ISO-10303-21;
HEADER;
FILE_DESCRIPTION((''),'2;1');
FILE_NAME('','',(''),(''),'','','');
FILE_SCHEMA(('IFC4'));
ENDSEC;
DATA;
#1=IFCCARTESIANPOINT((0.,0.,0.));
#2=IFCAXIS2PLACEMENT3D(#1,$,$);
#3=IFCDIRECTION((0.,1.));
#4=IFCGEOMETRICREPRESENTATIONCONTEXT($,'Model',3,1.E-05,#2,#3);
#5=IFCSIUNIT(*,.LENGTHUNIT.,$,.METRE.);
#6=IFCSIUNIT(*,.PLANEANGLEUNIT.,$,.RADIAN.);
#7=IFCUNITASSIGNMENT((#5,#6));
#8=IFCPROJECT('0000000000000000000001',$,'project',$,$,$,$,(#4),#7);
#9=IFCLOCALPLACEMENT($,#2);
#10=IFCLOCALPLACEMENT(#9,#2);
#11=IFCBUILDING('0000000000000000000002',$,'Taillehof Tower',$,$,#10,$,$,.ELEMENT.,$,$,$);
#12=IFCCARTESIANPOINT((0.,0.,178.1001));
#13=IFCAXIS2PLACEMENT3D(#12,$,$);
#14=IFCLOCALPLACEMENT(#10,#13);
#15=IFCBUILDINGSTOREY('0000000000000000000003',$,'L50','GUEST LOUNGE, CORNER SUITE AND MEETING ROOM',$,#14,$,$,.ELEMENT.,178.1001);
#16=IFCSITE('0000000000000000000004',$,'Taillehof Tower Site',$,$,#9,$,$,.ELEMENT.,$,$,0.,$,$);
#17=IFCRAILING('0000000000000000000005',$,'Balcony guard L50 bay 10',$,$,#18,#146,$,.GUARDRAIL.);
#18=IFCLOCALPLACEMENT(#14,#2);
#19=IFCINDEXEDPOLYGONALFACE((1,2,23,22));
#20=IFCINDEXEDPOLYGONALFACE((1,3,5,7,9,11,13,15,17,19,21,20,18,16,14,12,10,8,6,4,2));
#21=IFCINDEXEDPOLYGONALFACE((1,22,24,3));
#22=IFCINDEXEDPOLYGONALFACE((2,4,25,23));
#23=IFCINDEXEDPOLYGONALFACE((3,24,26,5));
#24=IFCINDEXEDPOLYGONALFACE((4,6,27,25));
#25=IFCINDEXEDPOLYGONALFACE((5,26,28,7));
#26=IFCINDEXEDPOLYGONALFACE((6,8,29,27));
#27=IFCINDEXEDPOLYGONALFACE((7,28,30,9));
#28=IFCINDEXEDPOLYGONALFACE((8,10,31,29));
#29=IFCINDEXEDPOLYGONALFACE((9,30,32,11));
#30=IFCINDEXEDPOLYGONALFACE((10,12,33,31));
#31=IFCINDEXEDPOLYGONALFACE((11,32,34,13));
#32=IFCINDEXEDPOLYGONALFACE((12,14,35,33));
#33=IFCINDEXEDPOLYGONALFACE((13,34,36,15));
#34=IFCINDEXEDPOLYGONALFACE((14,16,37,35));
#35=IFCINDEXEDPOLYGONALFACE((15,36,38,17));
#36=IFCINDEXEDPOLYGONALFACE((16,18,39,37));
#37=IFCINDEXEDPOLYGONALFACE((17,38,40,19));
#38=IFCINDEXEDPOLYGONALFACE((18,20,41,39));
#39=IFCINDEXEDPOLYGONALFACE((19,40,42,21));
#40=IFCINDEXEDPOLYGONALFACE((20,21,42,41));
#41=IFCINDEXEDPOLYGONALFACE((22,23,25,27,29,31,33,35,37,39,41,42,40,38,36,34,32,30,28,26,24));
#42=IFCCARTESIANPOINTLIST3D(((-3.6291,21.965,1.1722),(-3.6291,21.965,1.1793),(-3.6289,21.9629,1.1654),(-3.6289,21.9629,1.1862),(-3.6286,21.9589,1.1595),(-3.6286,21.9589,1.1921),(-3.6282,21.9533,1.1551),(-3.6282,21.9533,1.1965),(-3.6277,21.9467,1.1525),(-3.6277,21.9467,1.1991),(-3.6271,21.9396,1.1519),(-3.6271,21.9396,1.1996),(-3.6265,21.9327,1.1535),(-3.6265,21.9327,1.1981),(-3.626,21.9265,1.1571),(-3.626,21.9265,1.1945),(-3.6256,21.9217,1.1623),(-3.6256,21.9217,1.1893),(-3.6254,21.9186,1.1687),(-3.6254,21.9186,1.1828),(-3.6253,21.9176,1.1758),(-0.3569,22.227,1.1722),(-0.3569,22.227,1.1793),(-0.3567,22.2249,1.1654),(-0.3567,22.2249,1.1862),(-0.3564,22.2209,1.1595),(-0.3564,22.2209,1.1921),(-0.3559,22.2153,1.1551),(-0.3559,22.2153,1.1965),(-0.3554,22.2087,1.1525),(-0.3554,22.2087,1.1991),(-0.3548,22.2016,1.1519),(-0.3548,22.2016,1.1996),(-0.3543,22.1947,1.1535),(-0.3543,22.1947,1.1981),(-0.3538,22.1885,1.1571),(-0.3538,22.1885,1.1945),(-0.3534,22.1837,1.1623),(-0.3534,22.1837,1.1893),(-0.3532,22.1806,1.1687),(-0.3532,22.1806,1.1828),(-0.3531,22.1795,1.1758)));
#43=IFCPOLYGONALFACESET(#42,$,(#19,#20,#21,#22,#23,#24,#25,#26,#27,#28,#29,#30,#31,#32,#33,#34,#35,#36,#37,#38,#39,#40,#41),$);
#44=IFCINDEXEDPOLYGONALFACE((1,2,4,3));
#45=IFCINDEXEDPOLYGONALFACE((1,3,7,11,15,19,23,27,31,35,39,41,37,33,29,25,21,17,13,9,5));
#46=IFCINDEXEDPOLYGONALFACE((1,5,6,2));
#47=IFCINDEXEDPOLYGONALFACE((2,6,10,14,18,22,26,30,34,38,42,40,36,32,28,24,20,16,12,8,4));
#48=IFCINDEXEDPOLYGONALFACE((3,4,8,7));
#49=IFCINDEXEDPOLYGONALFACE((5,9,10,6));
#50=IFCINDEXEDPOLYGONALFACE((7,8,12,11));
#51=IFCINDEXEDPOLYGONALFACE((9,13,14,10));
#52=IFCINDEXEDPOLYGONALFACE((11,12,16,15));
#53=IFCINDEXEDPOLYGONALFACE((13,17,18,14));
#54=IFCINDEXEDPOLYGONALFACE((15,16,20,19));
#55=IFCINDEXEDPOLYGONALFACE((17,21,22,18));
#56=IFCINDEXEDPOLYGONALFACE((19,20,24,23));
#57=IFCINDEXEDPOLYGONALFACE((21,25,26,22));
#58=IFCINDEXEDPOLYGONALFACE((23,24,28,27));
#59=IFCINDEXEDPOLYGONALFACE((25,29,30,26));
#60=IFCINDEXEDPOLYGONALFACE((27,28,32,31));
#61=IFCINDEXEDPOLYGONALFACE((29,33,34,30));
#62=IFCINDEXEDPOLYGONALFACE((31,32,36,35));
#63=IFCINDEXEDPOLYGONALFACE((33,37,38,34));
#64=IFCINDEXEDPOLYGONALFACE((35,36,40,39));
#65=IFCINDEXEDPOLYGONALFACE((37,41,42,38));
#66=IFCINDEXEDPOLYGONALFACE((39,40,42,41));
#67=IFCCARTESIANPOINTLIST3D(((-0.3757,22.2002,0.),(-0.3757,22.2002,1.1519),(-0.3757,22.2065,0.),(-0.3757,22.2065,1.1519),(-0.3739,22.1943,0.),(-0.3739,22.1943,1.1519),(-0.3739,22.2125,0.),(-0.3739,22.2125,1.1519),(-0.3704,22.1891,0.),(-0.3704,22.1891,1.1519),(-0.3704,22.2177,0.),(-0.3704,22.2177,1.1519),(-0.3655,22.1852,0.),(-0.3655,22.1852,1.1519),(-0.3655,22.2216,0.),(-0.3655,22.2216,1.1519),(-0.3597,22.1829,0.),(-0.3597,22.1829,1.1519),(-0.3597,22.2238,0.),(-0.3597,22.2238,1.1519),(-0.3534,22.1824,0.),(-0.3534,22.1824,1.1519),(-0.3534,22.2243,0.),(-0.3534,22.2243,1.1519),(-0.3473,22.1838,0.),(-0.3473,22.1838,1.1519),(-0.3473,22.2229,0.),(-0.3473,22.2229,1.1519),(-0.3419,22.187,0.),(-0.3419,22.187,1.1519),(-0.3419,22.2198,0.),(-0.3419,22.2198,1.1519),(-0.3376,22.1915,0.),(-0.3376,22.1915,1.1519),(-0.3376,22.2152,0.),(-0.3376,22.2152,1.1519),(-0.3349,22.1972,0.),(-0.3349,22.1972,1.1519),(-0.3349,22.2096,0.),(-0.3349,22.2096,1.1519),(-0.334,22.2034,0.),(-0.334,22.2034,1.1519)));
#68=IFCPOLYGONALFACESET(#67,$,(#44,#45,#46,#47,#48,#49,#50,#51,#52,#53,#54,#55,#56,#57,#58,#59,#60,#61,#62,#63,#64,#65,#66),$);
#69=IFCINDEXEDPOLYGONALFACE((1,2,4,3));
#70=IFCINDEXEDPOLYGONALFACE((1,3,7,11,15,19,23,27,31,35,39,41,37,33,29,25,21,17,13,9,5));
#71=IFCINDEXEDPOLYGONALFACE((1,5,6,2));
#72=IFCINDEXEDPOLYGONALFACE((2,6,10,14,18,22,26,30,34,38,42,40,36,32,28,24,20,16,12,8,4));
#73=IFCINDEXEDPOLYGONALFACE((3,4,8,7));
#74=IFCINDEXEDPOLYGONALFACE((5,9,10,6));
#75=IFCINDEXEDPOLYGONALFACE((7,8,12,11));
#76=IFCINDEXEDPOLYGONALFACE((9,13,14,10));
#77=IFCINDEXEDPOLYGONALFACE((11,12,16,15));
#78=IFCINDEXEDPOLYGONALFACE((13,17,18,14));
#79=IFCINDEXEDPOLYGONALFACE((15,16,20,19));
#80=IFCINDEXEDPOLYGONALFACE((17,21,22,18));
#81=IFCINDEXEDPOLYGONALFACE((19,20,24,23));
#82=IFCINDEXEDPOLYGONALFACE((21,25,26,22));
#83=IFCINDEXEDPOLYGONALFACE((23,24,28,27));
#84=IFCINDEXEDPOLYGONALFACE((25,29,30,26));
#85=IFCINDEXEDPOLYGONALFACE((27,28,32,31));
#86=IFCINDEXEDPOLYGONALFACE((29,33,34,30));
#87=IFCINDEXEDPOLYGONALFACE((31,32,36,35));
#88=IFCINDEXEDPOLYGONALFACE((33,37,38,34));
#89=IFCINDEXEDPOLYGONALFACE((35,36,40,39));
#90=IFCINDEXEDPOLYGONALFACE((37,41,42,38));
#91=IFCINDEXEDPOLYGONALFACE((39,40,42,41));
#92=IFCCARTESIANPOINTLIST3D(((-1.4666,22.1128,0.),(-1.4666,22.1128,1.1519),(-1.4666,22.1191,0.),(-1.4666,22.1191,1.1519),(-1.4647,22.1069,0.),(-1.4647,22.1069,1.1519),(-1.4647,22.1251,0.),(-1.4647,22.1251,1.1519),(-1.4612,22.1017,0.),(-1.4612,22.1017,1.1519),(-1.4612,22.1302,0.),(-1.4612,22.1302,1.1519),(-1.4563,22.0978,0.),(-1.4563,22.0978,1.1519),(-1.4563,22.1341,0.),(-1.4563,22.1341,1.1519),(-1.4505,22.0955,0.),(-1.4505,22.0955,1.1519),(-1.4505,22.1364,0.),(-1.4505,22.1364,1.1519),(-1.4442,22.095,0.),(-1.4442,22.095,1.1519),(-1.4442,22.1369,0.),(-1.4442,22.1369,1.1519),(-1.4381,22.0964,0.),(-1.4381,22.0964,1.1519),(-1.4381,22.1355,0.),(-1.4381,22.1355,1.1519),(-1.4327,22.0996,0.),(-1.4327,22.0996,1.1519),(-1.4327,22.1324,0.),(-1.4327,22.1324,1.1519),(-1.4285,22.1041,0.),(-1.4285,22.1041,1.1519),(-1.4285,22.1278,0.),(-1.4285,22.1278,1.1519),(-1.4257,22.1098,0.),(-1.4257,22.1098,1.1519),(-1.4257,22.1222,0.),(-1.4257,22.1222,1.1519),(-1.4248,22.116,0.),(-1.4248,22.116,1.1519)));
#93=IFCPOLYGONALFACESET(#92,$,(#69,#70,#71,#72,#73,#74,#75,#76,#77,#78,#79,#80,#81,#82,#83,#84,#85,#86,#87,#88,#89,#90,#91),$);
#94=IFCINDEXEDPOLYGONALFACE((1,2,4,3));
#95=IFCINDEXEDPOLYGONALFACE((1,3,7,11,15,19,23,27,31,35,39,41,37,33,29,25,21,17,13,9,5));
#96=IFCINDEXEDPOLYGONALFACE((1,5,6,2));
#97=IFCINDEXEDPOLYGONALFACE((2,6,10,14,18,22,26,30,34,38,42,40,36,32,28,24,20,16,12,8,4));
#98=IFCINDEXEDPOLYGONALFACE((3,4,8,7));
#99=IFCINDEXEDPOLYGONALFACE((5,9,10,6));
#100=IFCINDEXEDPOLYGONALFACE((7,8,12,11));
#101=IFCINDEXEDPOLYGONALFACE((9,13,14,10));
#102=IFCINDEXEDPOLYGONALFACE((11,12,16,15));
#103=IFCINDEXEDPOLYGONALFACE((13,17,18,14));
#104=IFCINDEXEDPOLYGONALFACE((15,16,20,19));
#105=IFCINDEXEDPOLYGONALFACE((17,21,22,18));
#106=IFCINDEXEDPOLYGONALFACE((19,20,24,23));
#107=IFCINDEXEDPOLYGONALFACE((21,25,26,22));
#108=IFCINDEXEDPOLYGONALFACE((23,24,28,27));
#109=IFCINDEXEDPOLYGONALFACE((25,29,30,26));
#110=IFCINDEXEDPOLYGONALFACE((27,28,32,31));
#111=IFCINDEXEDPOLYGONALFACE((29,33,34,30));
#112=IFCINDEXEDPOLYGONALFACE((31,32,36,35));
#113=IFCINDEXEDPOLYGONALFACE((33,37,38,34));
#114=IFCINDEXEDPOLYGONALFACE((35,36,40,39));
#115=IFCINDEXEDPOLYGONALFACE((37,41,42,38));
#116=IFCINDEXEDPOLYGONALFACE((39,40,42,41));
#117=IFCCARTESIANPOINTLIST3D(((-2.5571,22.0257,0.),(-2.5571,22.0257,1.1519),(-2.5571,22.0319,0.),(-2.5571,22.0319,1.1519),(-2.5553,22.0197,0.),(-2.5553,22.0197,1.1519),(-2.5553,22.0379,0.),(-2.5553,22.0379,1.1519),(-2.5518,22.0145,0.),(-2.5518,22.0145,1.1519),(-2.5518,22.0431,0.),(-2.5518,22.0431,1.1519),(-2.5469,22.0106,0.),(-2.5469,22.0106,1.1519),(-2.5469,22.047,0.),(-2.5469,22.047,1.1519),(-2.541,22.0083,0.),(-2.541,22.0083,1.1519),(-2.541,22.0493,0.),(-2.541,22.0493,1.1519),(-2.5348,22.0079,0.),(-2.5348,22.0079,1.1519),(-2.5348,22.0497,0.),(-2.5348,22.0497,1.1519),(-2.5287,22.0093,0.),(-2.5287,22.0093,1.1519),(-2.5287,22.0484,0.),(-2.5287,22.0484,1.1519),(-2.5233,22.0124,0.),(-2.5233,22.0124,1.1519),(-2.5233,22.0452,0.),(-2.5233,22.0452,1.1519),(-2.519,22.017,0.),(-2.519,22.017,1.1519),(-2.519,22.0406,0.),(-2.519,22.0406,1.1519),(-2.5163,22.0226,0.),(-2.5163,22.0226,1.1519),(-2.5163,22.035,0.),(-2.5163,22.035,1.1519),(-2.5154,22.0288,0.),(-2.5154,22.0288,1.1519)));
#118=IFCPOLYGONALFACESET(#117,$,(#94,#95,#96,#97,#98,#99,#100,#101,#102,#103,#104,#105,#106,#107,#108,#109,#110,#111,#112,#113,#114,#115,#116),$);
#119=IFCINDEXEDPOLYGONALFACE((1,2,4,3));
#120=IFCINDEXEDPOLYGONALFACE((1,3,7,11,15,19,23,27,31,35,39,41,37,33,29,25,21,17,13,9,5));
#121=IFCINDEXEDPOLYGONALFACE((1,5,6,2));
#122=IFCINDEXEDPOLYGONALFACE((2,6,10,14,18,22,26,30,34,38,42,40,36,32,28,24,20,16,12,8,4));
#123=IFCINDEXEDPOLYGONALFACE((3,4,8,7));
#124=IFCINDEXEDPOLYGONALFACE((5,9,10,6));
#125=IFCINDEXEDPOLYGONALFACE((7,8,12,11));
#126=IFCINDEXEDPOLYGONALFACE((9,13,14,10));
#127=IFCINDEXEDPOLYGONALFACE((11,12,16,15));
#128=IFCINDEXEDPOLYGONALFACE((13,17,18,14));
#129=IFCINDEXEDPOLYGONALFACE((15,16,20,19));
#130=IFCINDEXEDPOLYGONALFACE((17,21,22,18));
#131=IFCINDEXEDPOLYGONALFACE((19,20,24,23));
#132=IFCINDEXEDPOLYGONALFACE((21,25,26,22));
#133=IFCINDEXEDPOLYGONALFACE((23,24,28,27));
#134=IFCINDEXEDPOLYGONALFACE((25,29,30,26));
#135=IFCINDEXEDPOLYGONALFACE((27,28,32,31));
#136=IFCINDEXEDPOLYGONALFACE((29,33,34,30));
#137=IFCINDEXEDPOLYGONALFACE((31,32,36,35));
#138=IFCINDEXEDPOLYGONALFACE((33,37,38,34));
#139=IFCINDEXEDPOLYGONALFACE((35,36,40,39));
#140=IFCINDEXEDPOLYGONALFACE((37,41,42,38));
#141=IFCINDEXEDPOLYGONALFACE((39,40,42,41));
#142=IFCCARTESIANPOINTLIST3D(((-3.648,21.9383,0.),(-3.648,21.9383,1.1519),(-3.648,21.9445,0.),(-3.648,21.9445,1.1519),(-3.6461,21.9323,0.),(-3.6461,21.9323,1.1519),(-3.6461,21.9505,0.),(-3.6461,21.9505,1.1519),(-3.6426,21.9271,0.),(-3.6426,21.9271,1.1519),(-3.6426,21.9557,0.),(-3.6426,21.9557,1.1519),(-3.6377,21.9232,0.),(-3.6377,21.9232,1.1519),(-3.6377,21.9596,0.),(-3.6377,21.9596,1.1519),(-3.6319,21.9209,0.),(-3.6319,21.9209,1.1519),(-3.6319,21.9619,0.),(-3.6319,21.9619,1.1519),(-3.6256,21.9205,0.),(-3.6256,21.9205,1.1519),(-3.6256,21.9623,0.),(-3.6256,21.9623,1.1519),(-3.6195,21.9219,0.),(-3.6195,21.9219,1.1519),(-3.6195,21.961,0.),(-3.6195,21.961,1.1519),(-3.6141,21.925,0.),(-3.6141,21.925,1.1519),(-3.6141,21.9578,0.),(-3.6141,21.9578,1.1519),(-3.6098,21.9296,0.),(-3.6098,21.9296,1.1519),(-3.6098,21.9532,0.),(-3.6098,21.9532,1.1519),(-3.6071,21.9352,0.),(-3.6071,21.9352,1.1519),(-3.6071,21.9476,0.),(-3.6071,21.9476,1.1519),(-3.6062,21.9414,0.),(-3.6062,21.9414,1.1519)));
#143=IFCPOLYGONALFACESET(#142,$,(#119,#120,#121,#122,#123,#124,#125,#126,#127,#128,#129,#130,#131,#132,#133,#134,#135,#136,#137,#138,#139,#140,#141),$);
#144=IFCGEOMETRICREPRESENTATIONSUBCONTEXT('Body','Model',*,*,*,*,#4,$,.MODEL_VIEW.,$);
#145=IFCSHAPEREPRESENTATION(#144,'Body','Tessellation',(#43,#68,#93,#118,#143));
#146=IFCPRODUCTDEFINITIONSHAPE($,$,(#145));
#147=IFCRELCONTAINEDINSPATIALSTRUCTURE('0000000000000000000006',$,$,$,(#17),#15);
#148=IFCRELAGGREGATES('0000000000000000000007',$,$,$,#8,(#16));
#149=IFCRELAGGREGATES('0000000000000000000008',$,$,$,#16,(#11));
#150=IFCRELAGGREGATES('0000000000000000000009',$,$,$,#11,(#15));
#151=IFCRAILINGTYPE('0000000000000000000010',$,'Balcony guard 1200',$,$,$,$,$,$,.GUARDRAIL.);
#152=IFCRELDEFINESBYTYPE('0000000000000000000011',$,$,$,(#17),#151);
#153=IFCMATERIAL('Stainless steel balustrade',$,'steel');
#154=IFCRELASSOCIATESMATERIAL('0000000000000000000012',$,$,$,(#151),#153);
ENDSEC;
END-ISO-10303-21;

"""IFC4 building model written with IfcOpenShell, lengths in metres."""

from ifc_helpers import new_model, si_unit, direction, frame, origin, origin_2d, place, context, subcontext, project, spatial, circle, extrude, material, type_object, element, save


model = new_model("IFC4")

# Units and contexts
model_context = context("Model", 3, precision=1e-05, world=origin(), true_north=direction((0.0, 1.0)))
body_context = subcontext(model_context, "Body", "Model", "MODEL_VIEW")
ifc_project = project(units=[si_unit("LENGTHUNIT", "METRE"), si_unit("PLANEANGLEUNIT", "RADIAN")], contexts=[model_context])

# Site, building, storey
site_placement = place(None, origin())
site = spatial("IfcSite", under=ifc_project, at=site_placement, Name="Taillehof Tower Site", CompositionType="ELEMENT", RefElevation=0.0)
building_placement = place(site_placement, origin())
building = spatial("IfcBuilding", under=site, at=building_placement, Name="Taillehof Tower", CompositionType="ELEMENT")
storey_placement = place(building_placement, frame((0.0, 0.0, 178.1001)))
storey = spatial("IfcBuildingStorey", under=building, at=storey_placement, Name="L50", Description="GUEST LOUNGE, CORNER SUITE AND MEETING ROOM", CompositionType="ELEMENT", Elevation=178.1001)

# Railing
ifc_material_1 = material(Name="Stainless steel balustrade", Category="steel")
railing_type = type_object("IfcRailingType", Name="Balcony guard 1200", PredefinedType="GUARDRAIL", material=ifc_material_1)
railing_1_placement = place(storey_placement, frame((-0.355, 22.2034, 0.0)))
element("IfcRailing", 1, at=railing_1_placement, inside=storey, type_object=railing_type, Name="Balcony guard L50 bay 10", PredefinedType="GUARDRAIL", context=body_context, shape_type="SweptSolid", body=[
    extrude(circle(Radius=0.0239, at=origin_2d()), frame((0.0, 0.0, 1.1758), z_axis=(-0.996811, -0.079801, 0.0), x_axis=(0.079801, -0.996811, 0.0)), (0.0, 0.0, 1.0), 3.2827),
    extrude(circle(Radius=0.021, at=origin_2d()), origin(), (0.0, 0.0, 1.0), 1.1519),
    extrude(circle(Radius=0.021, at=origin_2d()), frame((-1.0908, -0.0874, 0.0)), (0.0, 0.0, 1.0), 1.1519),
    extrude(circle(Radius=0.021, at=origin_2d()), frame((-2.1814, -0.1746, 0.0)), (0.0, 0.0, 1.0), 1.1519),
    extrude(circle(Radius=0.021, at=origin_2d()), frame((-3.2722, -0.262, 0.0)), (0.0, 0.0, 1.0), 1.1519),
])

save(model, "model.ifc")
